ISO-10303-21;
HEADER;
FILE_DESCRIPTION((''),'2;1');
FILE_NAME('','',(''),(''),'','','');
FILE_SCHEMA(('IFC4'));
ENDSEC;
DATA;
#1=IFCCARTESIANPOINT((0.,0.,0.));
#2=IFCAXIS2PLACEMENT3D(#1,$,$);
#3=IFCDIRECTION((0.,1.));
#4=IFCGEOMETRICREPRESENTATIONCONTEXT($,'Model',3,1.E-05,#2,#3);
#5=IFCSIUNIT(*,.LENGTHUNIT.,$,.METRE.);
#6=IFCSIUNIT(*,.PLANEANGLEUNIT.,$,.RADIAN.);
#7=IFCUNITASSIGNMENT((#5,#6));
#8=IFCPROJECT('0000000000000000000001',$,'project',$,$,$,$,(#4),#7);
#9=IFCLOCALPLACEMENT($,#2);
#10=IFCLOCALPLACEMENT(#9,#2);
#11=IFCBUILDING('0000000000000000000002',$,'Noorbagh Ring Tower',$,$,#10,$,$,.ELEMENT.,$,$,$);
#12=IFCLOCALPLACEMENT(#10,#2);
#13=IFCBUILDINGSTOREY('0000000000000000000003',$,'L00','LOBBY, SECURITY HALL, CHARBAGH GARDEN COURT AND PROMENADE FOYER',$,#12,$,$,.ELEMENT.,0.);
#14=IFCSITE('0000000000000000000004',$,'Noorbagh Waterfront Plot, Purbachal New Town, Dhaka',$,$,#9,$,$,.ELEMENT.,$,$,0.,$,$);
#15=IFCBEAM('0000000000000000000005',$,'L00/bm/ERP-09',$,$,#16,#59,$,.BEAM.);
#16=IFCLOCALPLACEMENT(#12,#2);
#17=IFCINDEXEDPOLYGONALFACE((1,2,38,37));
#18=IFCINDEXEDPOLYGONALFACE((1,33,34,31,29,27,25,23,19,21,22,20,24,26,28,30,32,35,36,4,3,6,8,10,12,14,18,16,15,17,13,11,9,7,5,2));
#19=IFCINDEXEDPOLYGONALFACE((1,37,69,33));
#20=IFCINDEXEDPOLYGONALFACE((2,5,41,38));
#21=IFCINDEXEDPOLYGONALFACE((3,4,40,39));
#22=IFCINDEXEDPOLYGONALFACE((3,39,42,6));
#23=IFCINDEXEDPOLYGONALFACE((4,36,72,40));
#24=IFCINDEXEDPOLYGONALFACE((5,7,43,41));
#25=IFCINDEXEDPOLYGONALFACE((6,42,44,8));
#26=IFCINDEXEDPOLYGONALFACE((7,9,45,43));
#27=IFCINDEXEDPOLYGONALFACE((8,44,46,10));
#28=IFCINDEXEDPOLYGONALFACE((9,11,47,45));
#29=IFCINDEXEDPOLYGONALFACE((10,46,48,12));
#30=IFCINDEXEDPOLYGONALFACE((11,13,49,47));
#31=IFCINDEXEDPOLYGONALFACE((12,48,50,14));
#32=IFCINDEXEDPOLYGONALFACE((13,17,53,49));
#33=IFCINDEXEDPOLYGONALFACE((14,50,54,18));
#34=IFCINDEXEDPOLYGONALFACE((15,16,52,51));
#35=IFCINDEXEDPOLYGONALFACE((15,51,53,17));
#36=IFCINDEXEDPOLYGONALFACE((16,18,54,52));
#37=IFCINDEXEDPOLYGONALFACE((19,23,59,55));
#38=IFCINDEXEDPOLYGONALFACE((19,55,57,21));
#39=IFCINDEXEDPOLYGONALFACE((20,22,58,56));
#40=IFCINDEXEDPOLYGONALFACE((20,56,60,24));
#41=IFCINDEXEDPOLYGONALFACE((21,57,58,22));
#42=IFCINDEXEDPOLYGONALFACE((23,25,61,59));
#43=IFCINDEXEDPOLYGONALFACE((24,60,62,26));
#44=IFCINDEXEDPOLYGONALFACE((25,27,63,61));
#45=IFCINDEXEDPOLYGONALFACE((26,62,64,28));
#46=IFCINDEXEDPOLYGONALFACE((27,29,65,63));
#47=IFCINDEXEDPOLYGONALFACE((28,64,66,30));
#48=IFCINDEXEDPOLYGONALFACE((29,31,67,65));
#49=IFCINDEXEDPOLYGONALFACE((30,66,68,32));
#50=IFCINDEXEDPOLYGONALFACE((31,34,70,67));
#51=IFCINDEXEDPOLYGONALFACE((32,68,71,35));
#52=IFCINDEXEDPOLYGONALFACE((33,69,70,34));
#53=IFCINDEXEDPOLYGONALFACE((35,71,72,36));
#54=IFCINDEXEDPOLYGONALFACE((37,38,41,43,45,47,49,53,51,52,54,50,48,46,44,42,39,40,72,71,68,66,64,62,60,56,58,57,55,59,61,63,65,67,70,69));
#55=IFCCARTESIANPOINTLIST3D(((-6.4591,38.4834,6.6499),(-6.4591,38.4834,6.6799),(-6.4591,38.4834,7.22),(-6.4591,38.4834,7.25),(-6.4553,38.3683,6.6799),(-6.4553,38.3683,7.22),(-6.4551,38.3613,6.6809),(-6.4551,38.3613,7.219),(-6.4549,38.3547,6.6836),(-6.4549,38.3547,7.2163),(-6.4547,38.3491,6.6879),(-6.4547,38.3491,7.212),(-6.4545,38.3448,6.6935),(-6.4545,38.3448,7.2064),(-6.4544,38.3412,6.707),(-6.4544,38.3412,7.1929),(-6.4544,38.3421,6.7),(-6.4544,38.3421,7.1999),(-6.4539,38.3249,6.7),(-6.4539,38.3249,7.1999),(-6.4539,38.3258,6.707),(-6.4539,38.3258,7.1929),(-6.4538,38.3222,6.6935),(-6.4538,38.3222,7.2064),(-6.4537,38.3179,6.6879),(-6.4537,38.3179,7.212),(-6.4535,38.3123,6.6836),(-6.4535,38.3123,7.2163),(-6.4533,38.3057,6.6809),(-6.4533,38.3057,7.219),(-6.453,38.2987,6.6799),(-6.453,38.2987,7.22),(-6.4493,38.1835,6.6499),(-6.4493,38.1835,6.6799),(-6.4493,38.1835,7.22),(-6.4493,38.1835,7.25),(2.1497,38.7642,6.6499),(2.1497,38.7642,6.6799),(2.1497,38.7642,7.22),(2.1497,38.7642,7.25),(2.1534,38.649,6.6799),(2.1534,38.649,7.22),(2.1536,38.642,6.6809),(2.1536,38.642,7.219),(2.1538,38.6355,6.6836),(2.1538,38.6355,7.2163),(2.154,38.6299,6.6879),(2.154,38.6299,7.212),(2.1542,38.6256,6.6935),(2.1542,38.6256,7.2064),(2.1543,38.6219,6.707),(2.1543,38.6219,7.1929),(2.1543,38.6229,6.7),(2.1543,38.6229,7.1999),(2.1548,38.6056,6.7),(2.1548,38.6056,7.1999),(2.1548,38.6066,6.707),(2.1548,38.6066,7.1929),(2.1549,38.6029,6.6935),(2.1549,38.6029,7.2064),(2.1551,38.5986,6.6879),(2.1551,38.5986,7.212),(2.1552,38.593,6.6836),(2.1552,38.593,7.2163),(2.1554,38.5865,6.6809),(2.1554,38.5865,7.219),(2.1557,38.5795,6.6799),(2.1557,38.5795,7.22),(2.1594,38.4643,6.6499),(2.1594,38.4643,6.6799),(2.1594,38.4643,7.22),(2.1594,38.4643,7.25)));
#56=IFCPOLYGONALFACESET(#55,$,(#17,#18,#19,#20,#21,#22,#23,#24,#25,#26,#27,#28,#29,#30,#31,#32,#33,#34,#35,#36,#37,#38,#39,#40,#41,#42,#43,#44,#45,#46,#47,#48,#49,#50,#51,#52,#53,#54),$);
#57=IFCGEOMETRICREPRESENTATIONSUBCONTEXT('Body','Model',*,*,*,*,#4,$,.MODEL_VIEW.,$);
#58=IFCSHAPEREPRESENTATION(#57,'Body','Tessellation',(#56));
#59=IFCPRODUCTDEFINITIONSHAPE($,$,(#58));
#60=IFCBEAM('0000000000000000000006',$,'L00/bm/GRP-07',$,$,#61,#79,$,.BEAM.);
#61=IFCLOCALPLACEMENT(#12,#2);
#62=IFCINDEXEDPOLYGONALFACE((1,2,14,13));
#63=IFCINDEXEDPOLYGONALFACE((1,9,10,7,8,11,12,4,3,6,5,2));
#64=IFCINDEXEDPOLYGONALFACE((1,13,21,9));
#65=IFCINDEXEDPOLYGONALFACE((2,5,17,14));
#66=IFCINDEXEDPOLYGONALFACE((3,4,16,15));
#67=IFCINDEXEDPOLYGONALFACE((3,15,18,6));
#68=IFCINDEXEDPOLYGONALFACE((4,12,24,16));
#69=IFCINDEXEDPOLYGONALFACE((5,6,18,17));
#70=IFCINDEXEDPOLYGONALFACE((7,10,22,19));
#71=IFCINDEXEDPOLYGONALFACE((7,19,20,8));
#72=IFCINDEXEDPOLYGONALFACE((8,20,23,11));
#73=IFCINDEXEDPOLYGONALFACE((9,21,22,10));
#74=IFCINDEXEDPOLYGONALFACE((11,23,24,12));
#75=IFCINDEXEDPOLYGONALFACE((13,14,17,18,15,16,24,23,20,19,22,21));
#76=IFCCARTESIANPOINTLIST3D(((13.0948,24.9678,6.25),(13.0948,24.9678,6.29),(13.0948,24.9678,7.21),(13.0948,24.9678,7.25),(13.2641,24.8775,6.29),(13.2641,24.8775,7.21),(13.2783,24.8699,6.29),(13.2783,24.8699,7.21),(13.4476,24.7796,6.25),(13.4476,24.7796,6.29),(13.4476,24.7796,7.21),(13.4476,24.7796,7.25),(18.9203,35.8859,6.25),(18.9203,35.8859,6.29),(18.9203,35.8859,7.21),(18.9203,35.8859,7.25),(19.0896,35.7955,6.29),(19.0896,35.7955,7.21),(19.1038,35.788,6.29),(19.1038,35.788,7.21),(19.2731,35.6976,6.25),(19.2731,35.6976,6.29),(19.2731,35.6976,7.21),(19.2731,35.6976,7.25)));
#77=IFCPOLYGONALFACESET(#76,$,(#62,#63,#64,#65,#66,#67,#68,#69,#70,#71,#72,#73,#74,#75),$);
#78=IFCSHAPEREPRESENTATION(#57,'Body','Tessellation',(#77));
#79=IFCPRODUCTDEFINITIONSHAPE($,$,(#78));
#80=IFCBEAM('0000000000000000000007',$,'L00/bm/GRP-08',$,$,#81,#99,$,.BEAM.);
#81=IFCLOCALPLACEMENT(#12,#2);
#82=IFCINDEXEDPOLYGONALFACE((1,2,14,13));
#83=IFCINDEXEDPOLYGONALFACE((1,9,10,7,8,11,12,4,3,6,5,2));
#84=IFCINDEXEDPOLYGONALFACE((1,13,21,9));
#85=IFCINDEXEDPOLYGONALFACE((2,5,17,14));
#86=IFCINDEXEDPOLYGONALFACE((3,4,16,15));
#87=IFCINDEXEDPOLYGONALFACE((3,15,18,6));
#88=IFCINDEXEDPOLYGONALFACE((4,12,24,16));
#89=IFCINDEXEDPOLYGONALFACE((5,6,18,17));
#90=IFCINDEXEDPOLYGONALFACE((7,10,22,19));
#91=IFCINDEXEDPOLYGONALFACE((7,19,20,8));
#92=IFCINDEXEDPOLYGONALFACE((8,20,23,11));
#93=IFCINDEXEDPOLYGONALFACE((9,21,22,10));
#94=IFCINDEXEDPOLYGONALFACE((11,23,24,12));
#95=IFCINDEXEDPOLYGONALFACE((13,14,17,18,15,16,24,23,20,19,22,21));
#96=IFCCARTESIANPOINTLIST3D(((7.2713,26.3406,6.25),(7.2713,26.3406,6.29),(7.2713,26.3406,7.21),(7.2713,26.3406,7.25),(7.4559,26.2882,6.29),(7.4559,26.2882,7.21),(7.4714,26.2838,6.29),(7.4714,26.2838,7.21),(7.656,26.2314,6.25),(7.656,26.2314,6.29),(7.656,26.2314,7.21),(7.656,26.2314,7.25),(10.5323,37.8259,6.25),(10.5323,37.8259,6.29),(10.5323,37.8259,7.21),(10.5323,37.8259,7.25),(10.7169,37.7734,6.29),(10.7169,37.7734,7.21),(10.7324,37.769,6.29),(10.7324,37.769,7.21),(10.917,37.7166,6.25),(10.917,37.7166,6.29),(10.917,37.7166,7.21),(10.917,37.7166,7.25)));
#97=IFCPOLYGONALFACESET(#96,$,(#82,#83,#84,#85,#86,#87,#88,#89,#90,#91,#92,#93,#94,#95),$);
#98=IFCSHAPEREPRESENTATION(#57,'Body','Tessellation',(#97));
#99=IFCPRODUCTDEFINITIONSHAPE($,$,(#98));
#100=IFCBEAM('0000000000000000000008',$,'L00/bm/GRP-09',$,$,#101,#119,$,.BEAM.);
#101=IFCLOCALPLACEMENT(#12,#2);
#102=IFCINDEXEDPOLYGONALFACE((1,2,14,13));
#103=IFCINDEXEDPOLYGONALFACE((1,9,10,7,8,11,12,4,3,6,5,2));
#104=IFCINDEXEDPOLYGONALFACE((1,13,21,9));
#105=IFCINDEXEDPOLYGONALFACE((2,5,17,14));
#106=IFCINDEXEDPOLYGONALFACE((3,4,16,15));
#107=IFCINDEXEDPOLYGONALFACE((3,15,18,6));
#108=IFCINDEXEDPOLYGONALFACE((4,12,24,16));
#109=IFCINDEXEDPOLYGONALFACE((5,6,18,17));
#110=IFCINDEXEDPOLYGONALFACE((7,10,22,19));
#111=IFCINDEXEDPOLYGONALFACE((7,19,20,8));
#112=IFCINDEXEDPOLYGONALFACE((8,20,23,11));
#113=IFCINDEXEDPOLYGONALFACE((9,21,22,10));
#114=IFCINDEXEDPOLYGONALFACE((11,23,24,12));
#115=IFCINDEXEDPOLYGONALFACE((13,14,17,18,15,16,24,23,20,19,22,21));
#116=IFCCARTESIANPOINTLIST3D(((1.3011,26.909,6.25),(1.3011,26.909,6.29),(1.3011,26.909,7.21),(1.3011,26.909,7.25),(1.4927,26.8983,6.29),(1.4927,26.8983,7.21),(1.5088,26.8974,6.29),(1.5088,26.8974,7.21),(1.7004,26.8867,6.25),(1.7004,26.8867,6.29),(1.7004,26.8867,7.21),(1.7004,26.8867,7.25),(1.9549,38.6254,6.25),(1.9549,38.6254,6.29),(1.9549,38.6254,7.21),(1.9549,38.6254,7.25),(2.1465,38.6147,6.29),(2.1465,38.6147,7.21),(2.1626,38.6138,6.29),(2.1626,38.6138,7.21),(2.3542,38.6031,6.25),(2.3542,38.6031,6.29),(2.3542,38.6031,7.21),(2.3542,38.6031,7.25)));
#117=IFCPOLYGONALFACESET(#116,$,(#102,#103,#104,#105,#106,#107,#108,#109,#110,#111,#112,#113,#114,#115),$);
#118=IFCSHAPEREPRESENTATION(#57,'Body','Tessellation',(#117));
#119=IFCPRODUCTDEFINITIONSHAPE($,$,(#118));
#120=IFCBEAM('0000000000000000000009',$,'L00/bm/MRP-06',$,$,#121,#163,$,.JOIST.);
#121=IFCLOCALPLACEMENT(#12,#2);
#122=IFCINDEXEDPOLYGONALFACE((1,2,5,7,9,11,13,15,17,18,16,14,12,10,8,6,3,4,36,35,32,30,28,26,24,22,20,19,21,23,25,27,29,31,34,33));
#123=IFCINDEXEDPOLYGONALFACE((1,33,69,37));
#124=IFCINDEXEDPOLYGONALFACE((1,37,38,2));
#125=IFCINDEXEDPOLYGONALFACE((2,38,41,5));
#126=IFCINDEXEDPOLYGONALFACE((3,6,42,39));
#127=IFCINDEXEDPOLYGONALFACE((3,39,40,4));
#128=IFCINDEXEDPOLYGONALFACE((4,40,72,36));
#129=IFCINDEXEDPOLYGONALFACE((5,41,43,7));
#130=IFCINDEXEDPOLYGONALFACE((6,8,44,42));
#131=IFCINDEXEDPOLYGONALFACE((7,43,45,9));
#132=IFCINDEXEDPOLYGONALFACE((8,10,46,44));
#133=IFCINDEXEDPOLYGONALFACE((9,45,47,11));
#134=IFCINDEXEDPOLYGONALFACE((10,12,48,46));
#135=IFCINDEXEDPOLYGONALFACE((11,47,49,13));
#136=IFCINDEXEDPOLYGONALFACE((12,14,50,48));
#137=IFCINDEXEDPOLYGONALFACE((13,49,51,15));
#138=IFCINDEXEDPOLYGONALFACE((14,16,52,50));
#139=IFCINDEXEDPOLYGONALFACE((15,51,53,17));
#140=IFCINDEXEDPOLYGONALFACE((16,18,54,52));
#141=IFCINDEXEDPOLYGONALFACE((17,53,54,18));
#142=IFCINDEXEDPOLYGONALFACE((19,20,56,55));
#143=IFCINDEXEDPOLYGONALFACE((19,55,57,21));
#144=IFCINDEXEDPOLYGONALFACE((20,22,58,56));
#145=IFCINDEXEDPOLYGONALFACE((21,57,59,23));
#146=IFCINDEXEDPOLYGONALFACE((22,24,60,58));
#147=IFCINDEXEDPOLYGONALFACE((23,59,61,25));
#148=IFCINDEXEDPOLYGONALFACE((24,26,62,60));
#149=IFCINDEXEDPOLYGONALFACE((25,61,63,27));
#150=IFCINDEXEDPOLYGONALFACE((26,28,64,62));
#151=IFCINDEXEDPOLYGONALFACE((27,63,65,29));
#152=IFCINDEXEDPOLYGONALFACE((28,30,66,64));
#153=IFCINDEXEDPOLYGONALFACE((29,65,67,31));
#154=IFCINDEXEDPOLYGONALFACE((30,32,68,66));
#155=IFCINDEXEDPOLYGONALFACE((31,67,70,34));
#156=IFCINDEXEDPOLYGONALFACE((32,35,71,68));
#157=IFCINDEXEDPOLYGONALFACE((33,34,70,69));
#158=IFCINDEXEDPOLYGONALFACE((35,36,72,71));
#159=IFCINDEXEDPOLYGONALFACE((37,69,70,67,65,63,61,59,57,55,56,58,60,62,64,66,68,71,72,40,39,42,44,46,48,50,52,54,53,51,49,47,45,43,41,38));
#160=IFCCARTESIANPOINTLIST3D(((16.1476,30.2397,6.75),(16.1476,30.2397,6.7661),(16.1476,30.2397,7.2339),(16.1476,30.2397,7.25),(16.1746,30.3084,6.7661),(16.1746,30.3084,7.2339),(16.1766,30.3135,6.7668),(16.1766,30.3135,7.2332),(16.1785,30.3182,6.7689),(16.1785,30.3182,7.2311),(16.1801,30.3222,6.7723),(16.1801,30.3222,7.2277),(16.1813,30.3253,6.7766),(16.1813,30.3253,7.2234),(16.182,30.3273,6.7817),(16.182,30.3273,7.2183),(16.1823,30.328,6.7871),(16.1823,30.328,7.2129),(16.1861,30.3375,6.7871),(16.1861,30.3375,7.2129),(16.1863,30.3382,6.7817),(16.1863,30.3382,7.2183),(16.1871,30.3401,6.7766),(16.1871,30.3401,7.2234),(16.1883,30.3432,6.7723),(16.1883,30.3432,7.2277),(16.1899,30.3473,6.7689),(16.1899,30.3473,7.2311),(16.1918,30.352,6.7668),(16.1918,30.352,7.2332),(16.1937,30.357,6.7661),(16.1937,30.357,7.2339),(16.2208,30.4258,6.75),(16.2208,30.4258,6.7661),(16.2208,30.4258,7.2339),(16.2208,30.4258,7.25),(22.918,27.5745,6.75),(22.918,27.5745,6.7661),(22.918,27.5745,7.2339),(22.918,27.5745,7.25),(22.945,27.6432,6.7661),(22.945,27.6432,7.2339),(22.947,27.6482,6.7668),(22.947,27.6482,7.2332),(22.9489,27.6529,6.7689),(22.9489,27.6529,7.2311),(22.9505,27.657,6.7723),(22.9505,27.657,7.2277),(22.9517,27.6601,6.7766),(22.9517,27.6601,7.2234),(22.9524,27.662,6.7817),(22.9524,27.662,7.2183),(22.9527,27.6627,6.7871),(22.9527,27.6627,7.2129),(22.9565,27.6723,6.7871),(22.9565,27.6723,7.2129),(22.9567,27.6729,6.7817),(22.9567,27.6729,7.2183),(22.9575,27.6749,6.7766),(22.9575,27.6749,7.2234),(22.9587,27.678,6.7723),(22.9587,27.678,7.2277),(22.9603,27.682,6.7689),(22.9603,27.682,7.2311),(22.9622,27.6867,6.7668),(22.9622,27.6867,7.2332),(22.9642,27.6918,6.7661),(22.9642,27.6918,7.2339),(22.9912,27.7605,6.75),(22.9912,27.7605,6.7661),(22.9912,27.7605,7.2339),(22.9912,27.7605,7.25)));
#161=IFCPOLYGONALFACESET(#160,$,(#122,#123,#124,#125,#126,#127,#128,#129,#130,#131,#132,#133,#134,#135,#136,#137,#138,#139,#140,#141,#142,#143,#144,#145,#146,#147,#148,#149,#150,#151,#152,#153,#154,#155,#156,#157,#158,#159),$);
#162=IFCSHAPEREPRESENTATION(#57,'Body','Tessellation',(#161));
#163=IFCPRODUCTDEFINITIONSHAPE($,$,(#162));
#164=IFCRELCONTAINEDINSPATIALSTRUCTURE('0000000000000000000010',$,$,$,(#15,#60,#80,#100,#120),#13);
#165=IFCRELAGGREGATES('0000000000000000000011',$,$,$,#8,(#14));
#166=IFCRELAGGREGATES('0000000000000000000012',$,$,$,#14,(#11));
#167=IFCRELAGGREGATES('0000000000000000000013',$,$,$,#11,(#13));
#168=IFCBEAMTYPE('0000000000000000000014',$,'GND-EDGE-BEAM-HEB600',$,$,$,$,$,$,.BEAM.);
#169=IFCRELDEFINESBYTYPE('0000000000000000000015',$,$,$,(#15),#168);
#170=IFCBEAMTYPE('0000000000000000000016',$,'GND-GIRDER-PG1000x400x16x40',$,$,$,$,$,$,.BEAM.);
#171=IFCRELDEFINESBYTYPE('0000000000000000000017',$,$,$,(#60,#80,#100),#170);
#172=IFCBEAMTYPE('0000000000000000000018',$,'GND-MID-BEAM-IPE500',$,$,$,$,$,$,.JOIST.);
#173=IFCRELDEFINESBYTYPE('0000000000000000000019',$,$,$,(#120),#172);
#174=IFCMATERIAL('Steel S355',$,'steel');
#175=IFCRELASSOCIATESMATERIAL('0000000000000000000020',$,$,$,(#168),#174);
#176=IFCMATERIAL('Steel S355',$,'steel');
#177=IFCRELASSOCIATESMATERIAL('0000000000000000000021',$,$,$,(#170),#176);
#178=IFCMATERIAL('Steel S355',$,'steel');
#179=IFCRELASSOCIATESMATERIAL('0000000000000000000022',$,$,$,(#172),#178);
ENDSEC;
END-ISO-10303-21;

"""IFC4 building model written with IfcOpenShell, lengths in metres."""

from ifc_helpers import new_model, si_unit, direction, frame, origin, origin_2d, place, context, subcontext, project, spatial, i_section, extrude, material, material_profile, profile_set, type_object, element, save


model = new_model("IFC4")

# Units and contexts
model_context = context("Model", 3, precision=1e-05, world=origin(), true_north=direction((0.0, 1.0)))
body_context = subcontext(model_context, "Body", "Model", "MODEL_VIEW")
ifc_project = project(units=[si_unit("LENGTHUNIT", "METRE"), si_unit("PLANEANGLEUNIT", "RADIAN")], contexts=[model_context])

# Site, building, storey
site_placement = place(None, origin())
site = spatial("IfcSite", under=ifc_project, at=site_placement, Name="Noorbagh Waterfront Plot, Purbachal New Town, Dhaka", CompositionType="ELEMENT", RefElevation=0.0)
building_placement = place(site_placement, origin())
building = spatial("IfcBuilding", under=site, at=building_placement, Name="Noorbagh Ring Tower", CompositionType="ELEMENT")
storey_placement = place(building_placement, origin())
storey = spatial("IfcBuildingStorey", under=building, at=storey_placement, Name="L00", Description="LOBBY, SECURITY HALL, CHARBAGH GARDEN COURT AND PROMENADE FOYER", CompositionType="ELEMENT", Elevation=0.0)

# Beams
ifc_material_1 = material(Name="Steel S355", Category="steel")
ifc_material_profile_1 = material_profile(ifc_material_1, i_section(OverallWidth=0.3, OverallDepth=0.6001, WebThickness=0.0154, FlangeThickness=0.03, FilletRadius=0.0271, at=origin_2d()), Name="HEB600")
ifc_profile_set_1 = profile_set([ifc_material_profile_1], Name="Steel S355")
beam_type_1 = type_object("IfcBeamType", Name="GND-EDGE-BEAM-HEB600", PredefinedType="BEAM", material=ifc_profile_set_1)
beam_1_placement = place(storey_placement, frame((2.1545, 38.6143, 6.95), z_axis=(-0.999469, -0.032597, 0.0), x_axis=(0.032597, -0.999469, 0.0)))
element("IfcBeam", 1, at=beam_1_placement, inside=storey, type_object=beam_type_1, Name="L00/bm/ERP-09", PredefinedType="BEAM", context=body_context, shape_type="SweptSolid", body=[
    extrude(i_section(OverallWidth=0.3, OverallDepth=0.6001, WebThickness=0.0154, FlangeThickness=0.03, FilletRadius=0.0271, at=origin_2d()), origin(), (0.0, 0.0, 1.0), 8.6133),
])
ifc_material_2 = material(Name="Steel S355", Category="steel")
ifc_material_profile_2 = material_profile(ifc_material_2, i_section(OverallWidth=0.3999, OverallDepth=1.0, WebThickness=0.0161, FlangeThickness=0.04, at=origin_2d()), Name="PG1000x400x16x40")
ifc_profile_set_2 = profile_set([ifc_material_profile_2], Name="Steel S355")
beam_type_2 = type_object("IfcBeamType", Name="GND-GIRDER-PG1000x400x16x40", PredefinedType="BEAM", material=ifc_profile_set_2)
beam_2_placement = place(storey_placement, frame((19.0967, 35.7917, 6.75), z_axis=(-0.470747, -0.882268, 0.0), x_axis=(0.882268, -0.470747, 0.0)))
element("IfcBeam", 2, at=beam_2_placement, inside=storey, type_object=beam_type_2, Name="L00/bm/GRP-07", PredefinedType="BEAM", context=body_context, shape_type="SweptSolid", body=[
    extrude(i_section(OverallWidth=0.3999, OverallDepth=1.0, WebThickness=0.0161, FlangeThickness=0.04, at=origin_2d()), origin(), (0.0, 0.0, 1.0), 12.375),
])
beam_3_placement = place(storey_placement, frame((10.7246, 37.7712, 6.75), z_axis=(-0.27313, -0.961977, 0.0), x_axis=(0.961977, -0.27313, 0.0)))
element("IfcBeam", 3, at=beam_3_placement, inside=storey, type_object=beam_type_2, Name="L00/bm/GRP-08", PredefinedType="BEAM", context=body_context, shape_type="SweptSolid", body=[
    extrude(i_section(OverallWidth=0.3999, OverallDepth=1.0, WebThickness=0.0161, FlangeThickness=0.04, at=origin_2d()), origin(), (0.0, 0.0, 1.0), 11.9392),
])
beam_4_placement = place(storey_placement, frame((2.1545, 38.6143, 6.75), z_axis=(-0.055717, -0.998447, 0.0), x_axis=(0.998447, -0.055717, 0.0)))
element("IfcBeam", 4, at=beam_4_placement, inside=storey, type_object=beam_type_2, Name="L00/bm/GRP-09", PredefinedType="BEAM", context=body_context, shape_type="SweptSolid", body=[
    extrude(i_section(OverallWidth=0.3999, OverallDepth=1.0, WebThickness=0.0161, FlangeThickness=0.04, at=origin_2d()), origin(), (0.0, 0.0, 1.0), 11.7346),
])
ifc_material_3 = material(Name="Steel S355", Category="steel")
ifc_material_profile_3 = material_profile(ifc_material_3, i_section(OverallWidth=0.2, OverallDepth=0.5, WebThickness=0.0103, FlangeThickness=0.0161, FilletRadius=0.021, at=origin_2d()), Name="IPE500")
ifc_profile_set_3 = profile_set([ifc_material_profile_3], Name="Steel S355")
beam_type_3 = type_object("IfcBeamType", Name="GND-MID-BEAM-IPE500", PredefinedType="JOIST", material=ifc_profile_set_3)
beam_5_placement = place(storey_placement, frame((22.9546, 27.6675, 7.0), z_axis=(-0.930497, 0.3663, 0.0), x_axis=(-0.3663, -0.930497, 0.0)))
element("IfcBeam", 5, at=beam_5_placement, inside=storey, type_object=beam_type_3, Name="L00/bm/MRP-06", PredefinedType="JOIST", context=body_context, shape_type="SweptSolid", body=[
    extrude(i_section(OverallWidth=0.2, OverallDepth=0.5, WebThickness=0.0103, FlangeThickness=0.0161, FilletRadius=0.021, at=origin_2d()), origin(), (0.0, 0.0, 1.0), 7.2761),
])

save(model, "model.ifc")
